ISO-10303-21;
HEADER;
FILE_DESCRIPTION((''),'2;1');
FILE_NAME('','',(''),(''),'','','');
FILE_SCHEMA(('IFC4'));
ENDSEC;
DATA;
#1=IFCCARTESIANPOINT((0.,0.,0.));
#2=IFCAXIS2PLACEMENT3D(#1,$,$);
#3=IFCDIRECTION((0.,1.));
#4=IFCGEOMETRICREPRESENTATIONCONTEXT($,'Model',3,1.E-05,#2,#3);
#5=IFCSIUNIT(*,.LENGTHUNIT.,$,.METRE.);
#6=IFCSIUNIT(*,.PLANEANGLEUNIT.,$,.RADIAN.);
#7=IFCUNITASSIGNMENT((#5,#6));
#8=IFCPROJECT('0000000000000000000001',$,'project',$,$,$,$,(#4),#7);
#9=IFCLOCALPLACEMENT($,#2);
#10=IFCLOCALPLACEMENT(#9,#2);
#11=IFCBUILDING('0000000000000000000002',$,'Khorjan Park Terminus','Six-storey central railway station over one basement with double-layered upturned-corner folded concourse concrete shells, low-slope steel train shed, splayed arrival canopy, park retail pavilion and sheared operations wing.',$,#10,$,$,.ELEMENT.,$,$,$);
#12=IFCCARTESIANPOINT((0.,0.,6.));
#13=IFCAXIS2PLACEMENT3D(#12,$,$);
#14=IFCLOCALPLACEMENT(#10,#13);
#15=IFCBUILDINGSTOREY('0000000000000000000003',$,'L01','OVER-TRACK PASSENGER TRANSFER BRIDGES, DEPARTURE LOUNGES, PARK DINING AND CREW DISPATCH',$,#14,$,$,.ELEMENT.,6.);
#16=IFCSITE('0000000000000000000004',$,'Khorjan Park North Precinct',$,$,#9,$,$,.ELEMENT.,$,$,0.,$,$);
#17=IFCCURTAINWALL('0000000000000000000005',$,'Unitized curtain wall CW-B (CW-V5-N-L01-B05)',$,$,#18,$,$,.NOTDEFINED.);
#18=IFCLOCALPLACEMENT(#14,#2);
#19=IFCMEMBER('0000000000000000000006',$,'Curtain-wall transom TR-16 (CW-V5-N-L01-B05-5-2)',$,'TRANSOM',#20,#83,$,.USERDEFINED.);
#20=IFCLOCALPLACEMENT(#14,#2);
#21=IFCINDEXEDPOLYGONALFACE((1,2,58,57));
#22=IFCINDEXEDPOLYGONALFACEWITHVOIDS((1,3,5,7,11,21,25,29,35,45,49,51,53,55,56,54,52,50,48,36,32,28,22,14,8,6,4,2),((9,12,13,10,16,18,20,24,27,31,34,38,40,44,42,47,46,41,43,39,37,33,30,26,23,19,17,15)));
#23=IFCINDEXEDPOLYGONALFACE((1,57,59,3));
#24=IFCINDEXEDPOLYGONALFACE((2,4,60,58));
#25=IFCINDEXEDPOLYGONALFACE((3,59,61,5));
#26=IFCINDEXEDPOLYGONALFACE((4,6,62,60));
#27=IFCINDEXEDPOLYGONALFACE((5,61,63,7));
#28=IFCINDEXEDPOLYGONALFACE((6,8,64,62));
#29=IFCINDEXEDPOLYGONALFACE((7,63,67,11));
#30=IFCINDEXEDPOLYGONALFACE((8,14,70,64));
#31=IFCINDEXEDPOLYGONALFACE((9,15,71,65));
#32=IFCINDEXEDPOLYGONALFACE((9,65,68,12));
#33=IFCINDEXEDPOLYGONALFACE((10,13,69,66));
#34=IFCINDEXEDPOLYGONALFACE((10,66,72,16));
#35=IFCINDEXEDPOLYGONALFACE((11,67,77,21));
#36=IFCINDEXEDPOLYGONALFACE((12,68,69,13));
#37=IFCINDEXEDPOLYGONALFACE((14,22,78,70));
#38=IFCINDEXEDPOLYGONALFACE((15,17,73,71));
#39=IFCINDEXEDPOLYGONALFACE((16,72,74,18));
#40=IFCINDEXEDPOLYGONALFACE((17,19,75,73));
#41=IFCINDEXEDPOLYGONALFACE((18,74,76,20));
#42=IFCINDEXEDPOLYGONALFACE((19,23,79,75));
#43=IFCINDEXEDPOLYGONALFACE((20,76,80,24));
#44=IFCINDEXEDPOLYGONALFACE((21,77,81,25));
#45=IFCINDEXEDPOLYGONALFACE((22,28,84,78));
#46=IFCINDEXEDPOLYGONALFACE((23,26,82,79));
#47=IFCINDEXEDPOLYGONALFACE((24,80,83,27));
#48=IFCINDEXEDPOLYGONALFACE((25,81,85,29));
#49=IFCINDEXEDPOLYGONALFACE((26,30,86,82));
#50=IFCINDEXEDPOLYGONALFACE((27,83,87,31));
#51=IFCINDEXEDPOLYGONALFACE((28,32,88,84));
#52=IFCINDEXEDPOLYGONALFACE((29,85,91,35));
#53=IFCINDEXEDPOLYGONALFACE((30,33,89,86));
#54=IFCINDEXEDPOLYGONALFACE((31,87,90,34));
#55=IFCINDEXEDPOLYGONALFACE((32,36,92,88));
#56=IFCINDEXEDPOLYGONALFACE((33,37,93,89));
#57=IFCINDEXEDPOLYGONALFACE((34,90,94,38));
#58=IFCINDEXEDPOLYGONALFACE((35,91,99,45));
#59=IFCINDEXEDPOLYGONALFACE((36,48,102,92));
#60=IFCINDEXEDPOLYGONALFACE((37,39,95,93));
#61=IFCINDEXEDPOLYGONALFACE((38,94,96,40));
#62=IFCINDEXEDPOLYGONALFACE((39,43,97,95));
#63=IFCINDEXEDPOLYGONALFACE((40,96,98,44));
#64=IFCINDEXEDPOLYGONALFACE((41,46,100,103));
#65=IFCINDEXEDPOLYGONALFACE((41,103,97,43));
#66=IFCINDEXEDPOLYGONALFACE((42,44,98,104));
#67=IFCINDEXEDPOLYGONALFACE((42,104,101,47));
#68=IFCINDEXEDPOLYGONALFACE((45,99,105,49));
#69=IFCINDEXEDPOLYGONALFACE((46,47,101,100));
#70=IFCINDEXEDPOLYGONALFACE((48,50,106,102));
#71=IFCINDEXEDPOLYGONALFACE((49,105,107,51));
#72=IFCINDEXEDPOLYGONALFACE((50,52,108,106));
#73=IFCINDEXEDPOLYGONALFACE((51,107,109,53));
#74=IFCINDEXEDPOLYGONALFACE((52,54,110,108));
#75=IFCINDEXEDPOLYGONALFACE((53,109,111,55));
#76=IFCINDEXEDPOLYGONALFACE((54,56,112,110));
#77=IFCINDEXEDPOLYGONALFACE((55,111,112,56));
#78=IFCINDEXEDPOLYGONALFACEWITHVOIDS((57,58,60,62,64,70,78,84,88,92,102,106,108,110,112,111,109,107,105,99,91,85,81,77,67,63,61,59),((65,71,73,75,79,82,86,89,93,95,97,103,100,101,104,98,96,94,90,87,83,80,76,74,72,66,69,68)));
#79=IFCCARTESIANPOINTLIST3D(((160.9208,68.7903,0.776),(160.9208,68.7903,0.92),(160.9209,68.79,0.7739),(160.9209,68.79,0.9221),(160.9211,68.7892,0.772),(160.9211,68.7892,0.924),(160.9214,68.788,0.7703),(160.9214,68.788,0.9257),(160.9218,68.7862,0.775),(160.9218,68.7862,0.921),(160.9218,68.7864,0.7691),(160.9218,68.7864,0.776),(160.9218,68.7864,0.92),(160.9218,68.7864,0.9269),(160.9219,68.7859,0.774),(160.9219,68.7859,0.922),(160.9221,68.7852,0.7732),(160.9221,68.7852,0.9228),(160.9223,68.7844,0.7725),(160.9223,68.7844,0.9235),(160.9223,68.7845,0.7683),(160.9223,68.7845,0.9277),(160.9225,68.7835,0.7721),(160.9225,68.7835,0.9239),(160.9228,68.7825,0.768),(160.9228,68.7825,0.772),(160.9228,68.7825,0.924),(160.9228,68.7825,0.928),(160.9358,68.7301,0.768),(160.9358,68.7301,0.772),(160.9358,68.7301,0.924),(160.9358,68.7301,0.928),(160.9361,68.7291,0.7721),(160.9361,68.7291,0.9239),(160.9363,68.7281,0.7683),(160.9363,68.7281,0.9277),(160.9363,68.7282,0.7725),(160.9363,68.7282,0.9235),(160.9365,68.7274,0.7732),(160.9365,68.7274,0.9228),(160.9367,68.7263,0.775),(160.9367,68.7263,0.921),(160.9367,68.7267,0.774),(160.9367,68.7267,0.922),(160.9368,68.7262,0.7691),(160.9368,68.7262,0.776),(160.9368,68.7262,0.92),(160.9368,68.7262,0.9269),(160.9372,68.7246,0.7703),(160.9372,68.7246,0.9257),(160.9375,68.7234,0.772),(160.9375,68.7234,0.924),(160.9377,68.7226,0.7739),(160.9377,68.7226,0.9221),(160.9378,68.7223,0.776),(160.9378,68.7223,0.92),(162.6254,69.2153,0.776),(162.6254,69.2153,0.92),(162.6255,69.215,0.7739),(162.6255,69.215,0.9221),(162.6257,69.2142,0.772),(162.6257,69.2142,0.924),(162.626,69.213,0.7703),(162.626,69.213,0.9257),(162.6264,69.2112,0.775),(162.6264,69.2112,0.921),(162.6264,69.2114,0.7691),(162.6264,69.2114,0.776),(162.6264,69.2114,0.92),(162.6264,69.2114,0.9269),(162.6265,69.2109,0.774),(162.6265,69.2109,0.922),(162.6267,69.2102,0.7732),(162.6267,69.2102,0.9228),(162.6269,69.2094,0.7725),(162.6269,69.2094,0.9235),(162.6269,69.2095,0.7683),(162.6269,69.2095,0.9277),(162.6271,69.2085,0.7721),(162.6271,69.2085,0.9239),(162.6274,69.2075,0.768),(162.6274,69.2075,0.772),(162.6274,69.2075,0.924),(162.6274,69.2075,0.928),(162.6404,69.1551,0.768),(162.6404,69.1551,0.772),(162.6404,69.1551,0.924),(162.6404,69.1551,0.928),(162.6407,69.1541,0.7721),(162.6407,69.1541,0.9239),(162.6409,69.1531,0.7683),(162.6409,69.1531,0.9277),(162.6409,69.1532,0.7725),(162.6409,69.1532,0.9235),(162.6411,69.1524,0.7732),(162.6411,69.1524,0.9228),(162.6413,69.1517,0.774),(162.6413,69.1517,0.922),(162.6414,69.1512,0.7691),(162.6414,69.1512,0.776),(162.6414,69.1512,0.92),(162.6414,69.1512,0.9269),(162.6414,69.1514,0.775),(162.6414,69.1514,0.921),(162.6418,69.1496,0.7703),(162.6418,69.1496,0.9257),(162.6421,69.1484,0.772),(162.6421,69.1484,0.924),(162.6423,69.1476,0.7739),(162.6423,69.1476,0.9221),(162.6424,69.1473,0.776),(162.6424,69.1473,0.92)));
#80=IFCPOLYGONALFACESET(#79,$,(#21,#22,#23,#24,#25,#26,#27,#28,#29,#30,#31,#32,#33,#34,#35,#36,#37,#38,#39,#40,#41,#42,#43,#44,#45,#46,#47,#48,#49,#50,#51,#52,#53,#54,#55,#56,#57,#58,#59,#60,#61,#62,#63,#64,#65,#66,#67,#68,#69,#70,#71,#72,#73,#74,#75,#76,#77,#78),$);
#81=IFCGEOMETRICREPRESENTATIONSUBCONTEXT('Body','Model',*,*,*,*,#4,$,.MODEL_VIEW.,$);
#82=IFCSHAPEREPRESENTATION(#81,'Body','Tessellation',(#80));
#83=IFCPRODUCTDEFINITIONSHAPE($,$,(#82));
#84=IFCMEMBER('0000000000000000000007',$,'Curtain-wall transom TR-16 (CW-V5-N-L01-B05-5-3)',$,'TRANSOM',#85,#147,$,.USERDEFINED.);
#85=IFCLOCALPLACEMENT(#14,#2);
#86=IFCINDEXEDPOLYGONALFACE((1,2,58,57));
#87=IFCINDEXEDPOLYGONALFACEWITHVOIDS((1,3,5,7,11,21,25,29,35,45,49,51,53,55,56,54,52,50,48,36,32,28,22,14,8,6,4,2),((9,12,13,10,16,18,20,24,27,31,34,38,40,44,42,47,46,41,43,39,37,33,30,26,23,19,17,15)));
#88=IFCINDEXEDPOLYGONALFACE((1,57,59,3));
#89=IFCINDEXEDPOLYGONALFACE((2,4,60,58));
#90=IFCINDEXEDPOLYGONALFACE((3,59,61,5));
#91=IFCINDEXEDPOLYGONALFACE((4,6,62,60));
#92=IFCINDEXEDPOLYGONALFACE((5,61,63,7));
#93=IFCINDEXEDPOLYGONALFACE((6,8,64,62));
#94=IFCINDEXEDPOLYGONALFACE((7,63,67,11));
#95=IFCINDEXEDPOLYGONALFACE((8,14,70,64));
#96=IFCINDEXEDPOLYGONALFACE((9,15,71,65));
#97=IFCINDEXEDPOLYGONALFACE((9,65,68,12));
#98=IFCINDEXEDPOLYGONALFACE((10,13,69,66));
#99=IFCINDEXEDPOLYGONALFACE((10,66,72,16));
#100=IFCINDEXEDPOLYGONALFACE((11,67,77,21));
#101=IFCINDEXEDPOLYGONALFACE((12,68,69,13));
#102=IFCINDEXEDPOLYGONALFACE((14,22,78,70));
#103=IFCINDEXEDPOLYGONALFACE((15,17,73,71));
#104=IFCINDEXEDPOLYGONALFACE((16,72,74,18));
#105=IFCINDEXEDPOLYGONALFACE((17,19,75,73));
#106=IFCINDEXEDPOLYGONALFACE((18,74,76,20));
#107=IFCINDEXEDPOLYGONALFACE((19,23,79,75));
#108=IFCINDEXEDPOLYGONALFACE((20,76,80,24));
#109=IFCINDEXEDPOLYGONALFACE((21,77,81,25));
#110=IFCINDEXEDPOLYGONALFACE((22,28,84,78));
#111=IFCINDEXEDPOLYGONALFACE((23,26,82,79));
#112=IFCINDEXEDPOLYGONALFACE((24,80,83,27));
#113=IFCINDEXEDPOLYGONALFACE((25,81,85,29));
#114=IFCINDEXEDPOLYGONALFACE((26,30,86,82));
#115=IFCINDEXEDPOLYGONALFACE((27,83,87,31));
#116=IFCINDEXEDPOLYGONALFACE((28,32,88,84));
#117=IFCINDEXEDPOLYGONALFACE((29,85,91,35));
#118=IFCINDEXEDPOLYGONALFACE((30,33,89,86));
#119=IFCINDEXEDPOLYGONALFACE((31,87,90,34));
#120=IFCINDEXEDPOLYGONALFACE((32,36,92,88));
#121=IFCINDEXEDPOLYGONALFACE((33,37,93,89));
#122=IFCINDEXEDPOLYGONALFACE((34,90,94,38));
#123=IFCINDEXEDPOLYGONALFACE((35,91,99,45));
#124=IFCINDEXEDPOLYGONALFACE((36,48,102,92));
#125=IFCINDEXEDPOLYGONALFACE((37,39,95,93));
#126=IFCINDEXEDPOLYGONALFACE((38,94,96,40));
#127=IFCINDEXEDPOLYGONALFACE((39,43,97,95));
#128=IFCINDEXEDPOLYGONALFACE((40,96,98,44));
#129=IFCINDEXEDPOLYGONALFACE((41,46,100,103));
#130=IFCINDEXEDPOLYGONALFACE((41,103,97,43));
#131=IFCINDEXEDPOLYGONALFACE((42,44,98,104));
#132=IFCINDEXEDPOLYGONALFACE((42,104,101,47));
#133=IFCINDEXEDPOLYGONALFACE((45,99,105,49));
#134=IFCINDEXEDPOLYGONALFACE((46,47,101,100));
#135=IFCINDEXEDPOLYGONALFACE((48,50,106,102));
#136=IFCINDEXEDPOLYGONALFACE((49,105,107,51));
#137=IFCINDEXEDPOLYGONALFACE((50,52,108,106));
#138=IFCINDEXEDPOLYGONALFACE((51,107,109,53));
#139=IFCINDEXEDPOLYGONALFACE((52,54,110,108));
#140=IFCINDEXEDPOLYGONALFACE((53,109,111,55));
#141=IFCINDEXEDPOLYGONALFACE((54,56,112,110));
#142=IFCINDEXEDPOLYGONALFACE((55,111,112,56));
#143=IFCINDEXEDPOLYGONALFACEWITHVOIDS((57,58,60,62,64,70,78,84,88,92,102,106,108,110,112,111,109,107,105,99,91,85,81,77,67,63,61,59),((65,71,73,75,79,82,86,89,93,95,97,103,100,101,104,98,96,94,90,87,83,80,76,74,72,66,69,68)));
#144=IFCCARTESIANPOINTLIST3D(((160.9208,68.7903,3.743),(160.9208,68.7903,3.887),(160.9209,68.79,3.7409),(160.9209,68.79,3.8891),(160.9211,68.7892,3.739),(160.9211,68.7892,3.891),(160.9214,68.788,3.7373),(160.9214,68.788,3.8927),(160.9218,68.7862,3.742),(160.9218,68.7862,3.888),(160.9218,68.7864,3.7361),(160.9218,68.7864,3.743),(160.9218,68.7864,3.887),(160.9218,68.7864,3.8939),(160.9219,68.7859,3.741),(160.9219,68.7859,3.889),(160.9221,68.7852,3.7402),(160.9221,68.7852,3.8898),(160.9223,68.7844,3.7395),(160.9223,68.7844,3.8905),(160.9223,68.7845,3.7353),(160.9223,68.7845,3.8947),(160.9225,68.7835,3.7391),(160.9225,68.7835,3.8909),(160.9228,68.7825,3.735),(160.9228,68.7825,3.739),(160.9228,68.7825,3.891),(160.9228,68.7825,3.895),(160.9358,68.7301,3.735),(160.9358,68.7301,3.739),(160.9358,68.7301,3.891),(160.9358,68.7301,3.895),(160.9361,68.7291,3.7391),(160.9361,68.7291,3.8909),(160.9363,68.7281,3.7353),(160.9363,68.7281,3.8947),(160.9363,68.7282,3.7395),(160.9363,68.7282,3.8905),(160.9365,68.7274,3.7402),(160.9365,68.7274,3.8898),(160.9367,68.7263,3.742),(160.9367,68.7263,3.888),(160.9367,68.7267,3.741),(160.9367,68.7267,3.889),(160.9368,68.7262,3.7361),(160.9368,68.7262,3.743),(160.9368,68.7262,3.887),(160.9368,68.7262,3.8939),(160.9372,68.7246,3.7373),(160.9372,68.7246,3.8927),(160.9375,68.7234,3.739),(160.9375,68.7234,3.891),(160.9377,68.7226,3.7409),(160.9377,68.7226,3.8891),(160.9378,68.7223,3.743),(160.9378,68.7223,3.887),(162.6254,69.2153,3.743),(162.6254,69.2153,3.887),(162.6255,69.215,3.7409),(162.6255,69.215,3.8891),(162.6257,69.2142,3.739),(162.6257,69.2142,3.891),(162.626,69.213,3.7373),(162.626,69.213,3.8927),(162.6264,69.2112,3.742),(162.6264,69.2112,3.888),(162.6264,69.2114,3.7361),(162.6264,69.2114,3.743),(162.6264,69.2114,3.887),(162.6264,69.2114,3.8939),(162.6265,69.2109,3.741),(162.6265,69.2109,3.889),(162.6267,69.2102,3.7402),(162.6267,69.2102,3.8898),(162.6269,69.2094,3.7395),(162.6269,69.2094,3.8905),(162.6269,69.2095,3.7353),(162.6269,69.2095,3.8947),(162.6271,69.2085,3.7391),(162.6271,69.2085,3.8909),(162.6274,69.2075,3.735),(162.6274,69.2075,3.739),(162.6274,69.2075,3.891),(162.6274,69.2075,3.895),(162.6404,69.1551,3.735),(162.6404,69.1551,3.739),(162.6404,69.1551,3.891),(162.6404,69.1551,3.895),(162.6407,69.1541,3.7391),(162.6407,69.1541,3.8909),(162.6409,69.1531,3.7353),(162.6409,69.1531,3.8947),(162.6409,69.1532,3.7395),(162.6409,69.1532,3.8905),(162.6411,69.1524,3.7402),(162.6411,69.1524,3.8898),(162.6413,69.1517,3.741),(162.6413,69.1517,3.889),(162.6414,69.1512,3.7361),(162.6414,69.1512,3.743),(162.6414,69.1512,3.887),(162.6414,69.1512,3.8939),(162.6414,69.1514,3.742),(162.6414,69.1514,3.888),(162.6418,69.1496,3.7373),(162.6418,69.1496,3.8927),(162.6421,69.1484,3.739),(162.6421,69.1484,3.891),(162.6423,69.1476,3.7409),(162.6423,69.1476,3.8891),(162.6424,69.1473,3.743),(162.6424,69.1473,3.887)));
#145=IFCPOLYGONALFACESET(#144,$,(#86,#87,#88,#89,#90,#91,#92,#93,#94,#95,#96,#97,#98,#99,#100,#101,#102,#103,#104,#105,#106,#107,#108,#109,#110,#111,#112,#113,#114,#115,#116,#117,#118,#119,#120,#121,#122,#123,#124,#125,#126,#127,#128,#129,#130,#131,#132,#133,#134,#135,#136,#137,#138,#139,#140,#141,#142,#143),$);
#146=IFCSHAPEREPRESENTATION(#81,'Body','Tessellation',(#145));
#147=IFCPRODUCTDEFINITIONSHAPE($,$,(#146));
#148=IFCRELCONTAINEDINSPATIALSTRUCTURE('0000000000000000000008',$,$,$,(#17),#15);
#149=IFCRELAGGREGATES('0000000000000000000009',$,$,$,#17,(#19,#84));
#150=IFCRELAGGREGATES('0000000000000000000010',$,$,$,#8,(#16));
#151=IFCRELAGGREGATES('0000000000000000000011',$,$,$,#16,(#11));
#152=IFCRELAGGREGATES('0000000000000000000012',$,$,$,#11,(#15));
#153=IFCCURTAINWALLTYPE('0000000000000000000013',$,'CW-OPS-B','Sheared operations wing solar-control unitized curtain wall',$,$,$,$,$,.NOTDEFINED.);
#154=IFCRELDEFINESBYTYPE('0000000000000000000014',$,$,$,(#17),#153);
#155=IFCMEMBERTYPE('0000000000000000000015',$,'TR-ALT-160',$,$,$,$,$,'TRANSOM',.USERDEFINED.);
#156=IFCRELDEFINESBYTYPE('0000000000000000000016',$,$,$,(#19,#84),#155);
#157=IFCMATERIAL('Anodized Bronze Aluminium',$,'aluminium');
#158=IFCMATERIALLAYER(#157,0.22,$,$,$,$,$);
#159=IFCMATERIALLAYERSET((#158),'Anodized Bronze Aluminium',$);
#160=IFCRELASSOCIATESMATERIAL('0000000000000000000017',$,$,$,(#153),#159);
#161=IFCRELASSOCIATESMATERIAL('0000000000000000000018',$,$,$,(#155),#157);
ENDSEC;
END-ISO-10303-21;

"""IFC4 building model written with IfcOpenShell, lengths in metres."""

from ifc_helpers import new_model, si_unit, direction, frame, origin, origin_2d, place, context, subcontext, project, spatial, hollow_rectangle, extrude, material, layer, layer_set, material_profile, profile_set, type_object, element, aggregate, save


model = new_model("IFC4")

# Units and contexts
model_context = context("Model", 3, precision=1e-05, world=origin(), true_north=direction((0.0, 1.0)))
body_context = subcontext(model_context, "Body", "Model", "MODEL_VIEW")
ifc_project = project(units=[si_unit("LENGTHUNIT", "METRE"), si_unit("PLANEANGLEUNIT", "RADIAN")], contexts=[model_context])

# Site, building, storey
site_placement = place(None, origin())
site = spatial("IfcSite", under=ifc_project, at=site_placement, Name="Khorjan Park North Precinct", CompositionType="ELEMENT", RefElevation=0.0)
building_placement = place(site_placement, origin())
building = spatial("IfcBuilding", under=site, at=building_placement, Name="Khorjan Park Terminus", Description="Six-storey central railway station over one basement with double-layered upturned-corner folded concourse concrete shells, low-slope steel train shed, splayed arrival canopy, park retail pavilion and sheared operations wing.", CompositionType="ELEMENT")
storey_placement = place(building_placement, frame((0.0, 0.0, 6.0)))
storey = spatial("IfcBuildingStorey", under=building, at=storey_placement, Name="L01", Description="OVER-TRACK PASSENGER TRANSFER BRIDGES, DEPARTURE LOUNGES, PARK DINING AND CREW DISPATCH", CompositionType="ELEMENT", Elevation=6.0)

# Curtain wall
ifc_material_1 = material(Name="Anodized Bronze Aluminium", Category="aluminium")
ifc_layer_1 = layer(ifc_material_1, 0.22)
ifc_layer_set_1 = layer_set([ifc_layer_1], Name="Anodized Bronze Aluminium")
curtain_wall_type_1 = type_object("IfcCurtainWallType", Name="CW-OPS-B", Description="Sheared operations wing solar-control unitized curtain wall", PredefinedType="NOTDEFINED", material=ifc_layer_set_1)
curtain_wall_1_placement = place(storey_placement, origin())
curtain_wall_1 = element("IfcCurtainWall", 1, at=curtain_wall_1_placement, inside=storey, type_object=curtain_wall_type_1, Name="Unitized curtain wall CW-B (CW-V5-N-L01-B05)", PredefinedType="NOTDEFINED")

# Members
ifc_material_profile_1 = material_profile(ifc_material_1, hollow_rectangle(XDim=0.07, YDim=0.16, WallThickness=0.004, InnerFilletRadius=0.004, OuterFilletRadius=0.008, at=origin_2d()), Name="ALT 70x160x4")
ifc_profile_set_1 = profile_set([ifc_material_profile_1], Name="Anodized Bronze Aluminium")
member_type_1 = type_object("IfcMemberType", Name="TR-ALT-160", ElementType="TRANSOM", PredefinedType="USERDEFINED", material=ifc_profile_set_1)
member_1_placement = place(storey_placement, frame((162.6339, 69.1813, 0.848), z_axis=(-0.970296, -0.241919, 0.0), x_axis=(0.241919, -0.970296, 0.0)))
member_1 = element("IfcMember", 2, at=member_1_placement, type_object=member_type_1, Name="Curtain-wall transom TR-16 (CW-V5-N-L01-B05-5-2)", ObjectType="TRANSOM", PredefinedType="USERDEFINED", context=body_context, shape_type="SweptSolid", body=[
    extrude(hollow_rectangle(XDim=0.07, YDim=0.16, WallThickness=0.004, InnerFilletRadius=0.004, OuterFilletRadius=0.008, at=origin_2d()), origin(), (0.0, 0.0, 1.0), 1.7568),
])
member_2_placement = place(storey_placement, frame((162.6339, 69.1813, 3.815), z_axis=(-0.970296, -0.241919, 0.0), x_axis=(0.241919, -0.970296, 0.0)))
member_2 = element("IfcMember", 3, at=member_2_placement, type_object=member_type_1, Name="Curtain-wall transom TR-16 (CW-V5-N-L01-B05-5-3)", ObjectType="TRANSOM", PredefinedType="USERDEFINED", context=body_context, shape_type="SweptSolid", body=[
    extrude(hollow_rectangle(XDim=0.07, YDim=0.16, WallThickness=0.004, InnerFilletRadius=0.004, OuterFilletRadius=0.008, at=origin_2d()), origin(), (0.0, 0.0, 1.0), 1.7568),
])

aggregate(curtain_wall_1, [member_1, member_2])

save(model, "model.ifc")
